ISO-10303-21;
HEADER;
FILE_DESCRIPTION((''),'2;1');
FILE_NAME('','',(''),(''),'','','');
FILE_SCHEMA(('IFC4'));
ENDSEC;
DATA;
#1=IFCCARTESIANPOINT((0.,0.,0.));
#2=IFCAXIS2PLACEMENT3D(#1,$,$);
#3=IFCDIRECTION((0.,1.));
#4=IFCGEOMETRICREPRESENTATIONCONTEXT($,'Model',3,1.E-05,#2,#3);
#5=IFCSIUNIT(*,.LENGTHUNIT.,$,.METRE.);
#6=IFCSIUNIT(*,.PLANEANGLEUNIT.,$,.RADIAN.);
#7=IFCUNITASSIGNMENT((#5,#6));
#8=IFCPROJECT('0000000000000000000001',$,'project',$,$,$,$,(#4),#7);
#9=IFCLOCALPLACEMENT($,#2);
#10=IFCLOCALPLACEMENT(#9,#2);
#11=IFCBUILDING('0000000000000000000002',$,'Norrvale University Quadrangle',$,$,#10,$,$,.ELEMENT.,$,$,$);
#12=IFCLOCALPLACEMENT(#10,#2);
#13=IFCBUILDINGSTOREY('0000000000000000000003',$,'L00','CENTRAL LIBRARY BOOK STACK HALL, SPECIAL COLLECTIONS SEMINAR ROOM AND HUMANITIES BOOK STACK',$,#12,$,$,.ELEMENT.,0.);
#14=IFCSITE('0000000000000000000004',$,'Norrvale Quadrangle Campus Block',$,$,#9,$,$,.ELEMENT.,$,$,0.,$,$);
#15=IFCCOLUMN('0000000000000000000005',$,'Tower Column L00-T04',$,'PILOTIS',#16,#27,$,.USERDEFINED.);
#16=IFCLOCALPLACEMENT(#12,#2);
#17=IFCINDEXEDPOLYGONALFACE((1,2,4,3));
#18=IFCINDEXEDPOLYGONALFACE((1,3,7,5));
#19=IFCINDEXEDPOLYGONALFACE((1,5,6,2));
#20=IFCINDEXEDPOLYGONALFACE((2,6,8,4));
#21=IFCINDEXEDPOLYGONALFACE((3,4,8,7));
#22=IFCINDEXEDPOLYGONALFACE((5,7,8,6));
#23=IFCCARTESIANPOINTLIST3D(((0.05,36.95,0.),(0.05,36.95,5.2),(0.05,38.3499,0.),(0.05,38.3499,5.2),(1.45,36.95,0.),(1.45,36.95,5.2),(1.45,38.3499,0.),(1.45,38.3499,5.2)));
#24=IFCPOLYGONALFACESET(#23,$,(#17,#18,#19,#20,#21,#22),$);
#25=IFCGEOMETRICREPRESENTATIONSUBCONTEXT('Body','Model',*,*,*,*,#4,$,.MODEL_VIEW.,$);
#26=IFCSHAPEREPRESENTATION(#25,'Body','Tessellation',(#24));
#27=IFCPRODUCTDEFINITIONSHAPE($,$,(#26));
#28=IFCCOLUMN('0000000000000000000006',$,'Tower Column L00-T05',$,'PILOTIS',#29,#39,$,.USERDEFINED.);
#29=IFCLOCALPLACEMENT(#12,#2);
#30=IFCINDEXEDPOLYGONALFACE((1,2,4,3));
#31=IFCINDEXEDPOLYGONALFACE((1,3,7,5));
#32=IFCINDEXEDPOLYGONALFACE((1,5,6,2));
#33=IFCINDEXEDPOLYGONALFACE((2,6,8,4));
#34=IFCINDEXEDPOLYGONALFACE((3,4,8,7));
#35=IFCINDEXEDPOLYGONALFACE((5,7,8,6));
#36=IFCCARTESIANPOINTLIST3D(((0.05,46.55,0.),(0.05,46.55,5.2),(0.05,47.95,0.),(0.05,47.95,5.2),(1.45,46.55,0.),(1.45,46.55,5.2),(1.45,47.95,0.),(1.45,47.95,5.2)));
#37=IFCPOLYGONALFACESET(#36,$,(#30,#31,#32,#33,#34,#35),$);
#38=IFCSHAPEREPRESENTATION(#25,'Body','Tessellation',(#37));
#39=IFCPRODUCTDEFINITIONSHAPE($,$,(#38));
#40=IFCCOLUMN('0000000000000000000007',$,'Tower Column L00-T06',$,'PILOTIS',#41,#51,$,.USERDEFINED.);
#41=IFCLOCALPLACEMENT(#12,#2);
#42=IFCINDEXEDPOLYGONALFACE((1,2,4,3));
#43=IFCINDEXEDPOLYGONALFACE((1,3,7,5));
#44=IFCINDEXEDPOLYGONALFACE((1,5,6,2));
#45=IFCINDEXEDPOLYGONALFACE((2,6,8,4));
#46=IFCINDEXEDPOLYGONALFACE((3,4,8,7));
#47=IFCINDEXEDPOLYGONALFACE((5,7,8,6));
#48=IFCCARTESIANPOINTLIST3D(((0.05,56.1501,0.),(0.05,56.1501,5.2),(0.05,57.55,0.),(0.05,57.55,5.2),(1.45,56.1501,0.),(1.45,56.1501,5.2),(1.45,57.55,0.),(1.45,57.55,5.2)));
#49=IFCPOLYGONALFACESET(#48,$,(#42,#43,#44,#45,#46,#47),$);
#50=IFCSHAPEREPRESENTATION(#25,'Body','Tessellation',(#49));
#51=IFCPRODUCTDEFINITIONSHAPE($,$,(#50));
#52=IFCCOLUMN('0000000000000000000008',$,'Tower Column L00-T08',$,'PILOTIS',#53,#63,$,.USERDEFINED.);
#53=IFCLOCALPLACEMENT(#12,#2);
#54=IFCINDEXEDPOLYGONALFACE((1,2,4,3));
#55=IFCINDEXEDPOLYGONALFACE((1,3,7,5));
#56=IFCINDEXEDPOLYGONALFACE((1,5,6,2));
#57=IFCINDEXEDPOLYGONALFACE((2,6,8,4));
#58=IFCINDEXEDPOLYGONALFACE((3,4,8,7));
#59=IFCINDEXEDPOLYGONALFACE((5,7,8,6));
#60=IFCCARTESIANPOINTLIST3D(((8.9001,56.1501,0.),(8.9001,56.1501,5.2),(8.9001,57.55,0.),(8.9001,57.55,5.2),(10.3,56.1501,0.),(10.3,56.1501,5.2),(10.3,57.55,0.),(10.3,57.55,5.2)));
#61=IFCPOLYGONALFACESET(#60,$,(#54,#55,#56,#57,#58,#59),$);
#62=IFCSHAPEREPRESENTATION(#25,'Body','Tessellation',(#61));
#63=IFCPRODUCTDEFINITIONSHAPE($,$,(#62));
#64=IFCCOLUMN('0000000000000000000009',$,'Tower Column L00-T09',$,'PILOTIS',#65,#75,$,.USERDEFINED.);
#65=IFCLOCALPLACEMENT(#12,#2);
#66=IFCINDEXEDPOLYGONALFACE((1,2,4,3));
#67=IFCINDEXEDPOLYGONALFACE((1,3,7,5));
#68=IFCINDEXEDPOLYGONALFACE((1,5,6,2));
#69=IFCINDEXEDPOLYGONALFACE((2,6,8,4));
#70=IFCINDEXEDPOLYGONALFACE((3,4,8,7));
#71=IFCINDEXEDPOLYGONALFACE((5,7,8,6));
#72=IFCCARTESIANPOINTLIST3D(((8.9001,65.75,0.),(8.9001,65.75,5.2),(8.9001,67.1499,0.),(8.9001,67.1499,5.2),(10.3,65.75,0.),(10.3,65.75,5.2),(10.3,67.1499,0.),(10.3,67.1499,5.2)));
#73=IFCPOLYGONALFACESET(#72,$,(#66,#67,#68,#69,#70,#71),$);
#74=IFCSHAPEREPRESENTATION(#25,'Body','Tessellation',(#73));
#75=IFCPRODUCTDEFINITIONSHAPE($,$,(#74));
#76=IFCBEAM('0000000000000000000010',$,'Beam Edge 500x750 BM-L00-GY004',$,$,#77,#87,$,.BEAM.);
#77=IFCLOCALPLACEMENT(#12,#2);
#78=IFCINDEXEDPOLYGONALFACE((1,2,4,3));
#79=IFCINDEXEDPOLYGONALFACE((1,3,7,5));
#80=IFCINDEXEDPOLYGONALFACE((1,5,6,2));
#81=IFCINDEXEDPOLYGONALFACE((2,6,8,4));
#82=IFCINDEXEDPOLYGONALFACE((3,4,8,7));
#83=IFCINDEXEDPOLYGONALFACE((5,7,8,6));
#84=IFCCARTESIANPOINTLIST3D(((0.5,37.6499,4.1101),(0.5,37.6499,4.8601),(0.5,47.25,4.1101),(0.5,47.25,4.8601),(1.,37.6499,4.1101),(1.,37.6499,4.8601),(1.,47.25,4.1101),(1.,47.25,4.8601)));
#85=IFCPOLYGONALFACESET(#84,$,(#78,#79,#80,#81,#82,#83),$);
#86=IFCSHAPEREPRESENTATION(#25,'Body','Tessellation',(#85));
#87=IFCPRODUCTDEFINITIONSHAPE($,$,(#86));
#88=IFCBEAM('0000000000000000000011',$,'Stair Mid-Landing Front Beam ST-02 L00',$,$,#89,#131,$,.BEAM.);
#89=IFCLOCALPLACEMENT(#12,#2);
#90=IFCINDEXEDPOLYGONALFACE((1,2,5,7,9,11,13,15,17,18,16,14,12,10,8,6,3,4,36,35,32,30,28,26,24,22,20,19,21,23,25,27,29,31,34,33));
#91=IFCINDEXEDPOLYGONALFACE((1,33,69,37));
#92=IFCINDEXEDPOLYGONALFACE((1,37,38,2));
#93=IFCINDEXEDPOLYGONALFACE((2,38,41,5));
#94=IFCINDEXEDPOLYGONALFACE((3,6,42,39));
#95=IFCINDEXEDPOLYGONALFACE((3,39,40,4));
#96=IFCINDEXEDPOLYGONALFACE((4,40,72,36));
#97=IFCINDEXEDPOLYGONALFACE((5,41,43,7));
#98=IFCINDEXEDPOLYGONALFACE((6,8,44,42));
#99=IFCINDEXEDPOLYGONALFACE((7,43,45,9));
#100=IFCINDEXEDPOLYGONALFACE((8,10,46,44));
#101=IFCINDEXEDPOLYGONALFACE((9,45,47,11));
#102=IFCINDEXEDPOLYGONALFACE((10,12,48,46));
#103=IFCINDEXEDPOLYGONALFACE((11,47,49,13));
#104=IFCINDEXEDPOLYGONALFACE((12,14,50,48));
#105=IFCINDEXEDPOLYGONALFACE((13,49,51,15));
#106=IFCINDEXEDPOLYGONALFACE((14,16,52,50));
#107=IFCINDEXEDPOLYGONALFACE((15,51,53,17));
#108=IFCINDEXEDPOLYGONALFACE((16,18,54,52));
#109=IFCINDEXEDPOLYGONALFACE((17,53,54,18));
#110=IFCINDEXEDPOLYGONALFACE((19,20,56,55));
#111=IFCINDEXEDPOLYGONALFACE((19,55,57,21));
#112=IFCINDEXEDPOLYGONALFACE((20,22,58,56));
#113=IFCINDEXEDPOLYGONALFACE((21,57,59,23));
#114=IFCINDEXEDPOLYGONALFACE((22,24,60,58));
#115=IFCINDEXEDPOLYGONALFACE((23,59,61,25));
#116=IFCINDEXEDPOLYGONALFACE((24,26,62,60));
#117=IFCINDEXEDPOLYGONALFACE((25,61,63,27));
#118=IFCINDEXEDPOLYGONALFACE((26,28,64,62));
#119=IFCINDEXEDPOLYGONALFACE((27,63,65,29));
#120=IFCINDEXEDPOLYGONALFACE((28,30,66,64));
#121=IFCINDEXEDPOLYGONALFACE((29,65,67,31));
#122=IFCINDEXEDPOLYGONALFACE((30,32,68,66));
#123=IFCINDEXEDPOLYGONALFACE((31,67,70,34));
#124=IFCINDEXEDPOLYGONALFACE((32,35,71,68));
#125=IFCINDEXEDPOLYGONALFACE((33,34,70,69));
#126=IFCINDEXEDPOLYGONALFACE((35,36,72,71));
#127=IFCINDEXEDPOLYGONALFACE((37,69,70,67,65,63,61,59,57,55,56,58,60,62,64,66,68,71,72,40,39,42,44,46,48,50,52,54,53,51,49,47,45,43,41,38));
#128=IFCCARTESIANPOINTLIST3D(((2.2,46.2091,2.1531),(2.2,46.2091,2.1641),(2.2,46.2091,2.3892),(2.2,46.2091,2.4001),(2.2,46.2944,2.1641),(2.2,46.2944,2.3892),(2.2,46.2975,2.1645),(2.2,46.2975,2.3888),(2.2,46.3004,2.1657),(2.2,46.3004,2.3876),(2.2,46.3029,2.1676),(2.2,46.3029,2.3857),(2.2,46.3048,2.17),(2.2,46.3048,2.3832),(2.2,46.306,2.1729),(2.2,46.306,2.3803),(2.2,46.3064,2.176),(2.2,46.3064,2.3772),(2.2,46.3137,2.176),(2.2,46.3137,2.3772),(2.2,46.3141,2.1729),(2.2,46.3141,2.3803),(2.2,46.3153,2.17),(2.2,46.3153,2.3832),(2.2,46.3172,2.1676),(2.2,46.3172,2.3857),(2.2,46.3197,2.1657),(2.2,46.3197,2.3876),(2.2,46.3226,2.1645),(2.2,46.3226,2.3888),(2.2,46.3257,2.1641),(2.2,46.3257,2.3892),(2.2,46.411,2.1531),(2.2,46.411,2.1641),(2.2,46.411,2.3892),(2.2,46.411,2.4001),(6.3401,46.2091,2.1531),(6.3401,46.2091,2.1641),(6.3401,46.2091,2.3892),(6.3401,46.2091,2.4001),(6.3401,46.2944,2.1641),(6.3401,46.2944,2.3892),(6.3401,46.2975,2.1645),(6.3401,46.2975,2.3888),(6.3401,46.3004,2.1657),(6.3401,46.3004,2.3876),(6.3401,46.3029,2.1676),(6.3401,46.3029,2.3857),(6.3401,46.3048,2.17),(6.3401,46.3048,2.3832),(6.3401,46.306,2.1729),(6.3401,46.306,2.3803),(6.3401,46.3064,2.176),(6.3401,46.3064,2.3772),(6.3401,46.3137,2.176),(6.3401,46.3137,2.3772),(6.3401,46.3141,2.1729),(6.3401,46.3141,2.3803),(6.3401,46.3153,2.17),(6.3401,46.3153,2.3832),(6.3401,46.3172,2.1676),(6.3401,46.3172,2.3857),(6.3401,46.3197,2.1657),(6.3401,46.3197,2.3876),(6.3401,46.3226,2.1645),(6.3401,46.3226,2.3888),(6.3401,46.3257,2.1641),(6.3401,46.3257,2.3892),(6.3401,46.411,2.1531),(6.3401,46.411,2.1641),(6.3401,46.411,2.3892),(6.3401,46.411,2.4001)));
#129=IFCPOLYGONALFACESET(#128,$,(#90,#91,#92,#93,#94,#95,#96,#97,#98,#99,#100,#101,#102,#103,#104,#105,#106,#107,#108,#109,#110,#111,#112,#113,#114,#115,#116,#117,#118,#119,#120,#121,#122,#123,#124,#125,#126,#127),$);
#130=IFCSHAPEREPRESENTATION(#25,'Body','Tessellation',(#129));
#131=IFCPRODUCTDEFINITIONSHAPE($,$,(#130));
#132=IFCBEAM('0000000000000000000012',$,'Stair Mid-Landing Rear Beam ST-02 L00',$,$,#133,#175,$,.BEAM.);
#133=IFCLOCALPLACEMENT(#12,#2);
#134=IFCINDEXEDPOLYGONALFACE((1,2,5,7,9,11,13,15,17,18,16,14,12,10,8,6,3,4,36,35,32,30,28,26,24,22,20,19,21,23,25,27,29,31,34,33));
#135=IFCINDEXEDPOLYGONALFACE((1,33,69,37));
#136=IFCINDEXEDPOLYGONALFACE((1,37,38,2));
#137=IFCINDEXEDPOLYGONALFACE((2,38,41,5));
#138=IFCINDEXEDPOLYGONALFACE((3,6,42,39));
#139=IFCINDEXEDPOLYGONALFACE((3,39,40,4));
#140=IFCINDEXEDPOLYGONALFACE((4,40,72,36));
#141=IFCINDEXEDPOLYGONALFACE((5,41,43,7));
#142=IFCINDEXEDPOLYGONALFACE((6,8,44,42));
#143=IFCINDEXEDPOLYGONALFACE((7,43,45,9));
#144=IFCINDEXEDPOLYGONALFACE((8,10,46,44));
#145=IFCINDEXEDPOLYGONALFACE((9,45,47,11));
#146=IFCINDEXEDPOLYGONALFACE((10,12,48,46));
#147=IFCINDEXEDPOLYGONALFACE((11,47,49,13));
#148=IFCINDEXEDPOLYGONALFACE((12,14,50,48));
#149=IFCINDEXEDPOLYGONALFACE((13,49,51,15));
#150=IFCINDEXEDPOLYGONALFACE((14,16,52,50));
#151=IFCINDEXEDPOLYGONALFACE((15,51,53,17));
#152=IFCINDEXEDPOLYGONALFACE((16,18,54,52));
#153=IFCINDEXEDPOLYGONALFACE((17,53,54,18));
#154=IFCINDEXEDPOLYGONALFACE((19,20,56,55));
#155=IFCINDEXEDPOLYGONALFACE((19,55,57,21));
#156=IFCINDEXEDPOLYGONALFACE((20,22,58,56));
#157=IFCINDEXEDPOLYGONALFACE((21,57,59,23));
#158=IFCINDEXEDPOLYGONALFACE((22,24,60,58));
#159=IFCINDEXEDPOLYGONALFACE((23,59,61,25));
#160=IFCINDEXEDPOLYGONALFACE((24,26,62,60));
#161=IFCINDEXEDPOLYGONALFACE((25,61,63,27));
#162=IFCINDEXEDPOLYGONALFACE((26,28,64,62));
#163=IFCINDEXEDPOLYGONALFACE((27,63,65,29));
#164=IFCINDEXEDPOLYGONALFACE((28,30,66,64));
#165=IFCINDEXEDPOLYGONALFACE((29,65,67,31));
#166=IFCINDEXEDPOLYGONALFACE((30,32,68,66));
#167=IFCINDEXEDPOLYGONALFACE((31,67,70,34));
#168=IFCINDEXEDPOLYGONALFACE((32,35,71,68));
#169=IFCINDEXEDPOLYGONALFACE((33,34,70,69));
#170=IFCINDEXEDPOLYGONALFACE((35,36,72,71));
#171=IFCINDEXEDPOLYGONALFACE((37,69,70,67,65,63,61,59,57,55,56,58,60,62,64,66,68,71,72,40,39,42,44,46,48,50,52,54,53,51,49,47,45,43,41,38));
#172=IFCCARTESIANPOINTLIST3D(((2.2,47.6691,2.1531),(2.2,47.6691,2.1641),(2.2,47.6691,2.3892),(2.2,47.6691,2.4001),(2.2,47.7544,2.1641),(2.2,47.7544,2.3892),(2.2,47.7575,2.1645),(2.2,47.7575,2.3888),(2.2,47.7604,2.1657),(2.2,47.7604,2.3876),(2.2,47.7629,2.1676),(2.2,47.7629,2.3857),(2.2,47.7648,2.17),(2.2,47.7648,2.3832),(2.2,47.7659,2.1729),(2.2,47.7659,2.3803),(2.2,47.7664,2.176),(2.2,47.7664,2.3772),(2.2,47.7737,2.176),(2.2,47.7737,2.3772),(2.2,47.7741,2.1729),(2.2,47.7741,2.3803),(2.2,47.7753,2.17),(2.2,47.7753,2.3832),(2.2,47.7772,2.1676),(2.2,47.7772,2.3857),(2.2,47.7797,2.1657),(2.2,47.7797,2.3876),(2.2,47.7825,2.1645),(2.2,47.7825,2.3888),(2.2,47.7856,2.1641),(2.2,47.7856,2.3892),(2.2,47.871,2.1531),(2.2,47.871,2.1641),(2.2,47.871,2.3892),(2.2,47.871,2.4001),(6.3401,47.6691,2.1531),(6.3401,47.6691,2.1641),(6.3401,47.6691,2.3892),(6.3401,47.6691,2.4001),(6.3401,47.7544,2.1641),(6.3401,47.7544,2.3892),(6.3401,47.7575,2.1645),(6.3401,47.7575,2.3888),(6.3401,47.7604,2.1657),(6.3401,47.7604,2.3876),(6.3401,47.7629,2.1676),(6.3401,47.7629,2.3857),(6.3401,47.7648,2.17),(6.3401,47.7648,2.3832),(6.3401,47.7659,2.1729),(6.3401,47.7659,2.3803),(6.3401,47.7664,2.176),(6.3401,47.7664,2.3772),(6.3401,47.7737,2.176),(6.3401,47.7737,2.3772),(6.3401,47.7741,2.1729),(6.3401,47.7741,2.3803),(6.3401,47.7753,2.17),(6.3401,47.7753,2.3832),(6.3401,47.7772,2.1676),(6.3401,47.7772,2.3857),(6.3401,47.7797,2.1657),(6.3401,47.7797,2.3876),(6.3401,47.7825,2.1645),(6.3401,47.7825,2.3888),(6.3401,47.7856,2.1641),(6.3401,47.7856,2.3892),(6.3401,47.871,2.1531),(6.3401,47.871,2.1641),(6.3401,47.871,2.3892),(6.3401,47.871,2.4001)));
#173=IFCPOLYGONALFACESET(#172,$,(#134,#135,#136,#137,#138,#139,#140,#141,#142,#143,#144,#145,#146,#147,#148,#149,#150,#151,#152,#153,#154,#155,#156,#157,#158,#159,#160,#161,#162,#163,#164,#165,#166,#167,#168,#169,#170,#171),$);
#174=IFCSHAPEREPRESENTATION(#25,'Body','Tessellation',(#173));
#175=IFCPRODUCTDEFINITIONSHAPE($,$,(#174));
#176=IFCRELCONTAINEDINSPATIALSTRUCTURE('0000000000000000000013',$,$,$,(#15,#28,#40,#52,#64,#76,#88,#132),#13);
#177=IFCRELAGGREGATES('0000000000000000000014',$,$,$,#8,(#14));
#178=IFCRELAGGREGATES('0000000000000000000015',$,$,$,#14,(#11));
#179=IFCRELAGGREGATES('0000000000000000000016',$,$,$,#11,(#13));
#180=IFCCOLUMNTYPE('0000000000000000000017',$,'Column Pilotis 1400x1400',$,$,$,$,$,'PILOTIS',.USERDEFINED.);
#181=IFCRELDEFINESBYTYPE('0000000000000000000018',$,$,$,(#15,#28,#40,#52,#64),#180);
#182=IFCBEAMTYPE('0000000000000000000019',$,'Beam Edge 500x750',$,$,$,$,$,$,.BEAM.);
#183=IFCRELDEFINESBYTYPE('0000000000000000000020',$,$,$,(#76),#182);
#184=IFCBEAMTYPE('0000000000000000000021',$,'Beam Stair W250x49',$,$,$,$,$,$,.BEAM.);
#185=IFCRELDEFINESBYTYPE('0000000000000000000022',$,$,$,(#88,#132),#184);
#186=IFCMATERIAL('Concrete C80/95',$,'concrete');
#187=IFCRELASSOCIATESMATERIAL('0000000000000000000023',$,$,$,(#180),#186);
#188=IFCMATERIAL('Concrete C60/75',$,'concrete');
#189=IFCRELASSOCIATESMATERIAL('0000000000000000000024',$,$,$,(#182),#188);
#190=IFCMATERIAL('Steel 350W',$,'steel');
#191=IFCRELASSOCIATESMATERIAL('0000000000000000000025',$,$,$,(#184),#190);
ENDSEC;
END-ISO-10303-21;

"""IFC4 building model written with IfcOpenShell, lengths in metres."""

from ifc_helpers import new_model, si_unit, direction, frame, origin, origin_2d, place, context, subcontext, project, spatial, rectangle, i_section, extrude, material, material_profile, profile_set, type_object, element, save


model = new_model("IFC4")

# Units and contexts
model_context = context("Model", 3, precision=1e-05, world=origin(), true_north=direction((0.0, 1.0)))
body_context = subcontext(model_context, "Body", "Model", "MODEL_VIEW")
ifc_project = project(units=[si_unit("LENGTHUNIT", "METRE"), si_unit("PLANEANGLEUNIT", "RADIAN")], contexts=[model_context])

# Site, building, storey
site_placement = place(None, origin())
site = spatial("IfcSite", under=ifc_project, at=site_placement, Name="Norrvale Quadrangle Campus Block", CompositionType="ELEMENT", RefElevation=0.0)
building_placement = place(site_placement, origin())
building = spatial("IfcBuilding", under=site, at=building_placement, Name="Norrvale University Quadrangle", CompositionType="ELEMENT")
storey_placement = place(building_placement, origin())
storey = spatial("IfcBuildingStorey", under=building, at=storey_placement, Name="L00", Description="CENTRAL LIBRARY BOOK STACK HALL, SPECIAL COLLECTIONS SEMINAR ROOM AND HUMANITIES BOOK STACK", CompositionType="ELEMENT", Elevation=0.0)

# Columns
ifc_material_1 = material(Name="Concrete C80/95", Category="concrete")
ifc_material_profile_1 = material_profile(ifc_material_1, rectangle(XDim=1.3999, YDim=1.3999, at=origin_2d()), Name="Concrete C80/95")
ifc_profile_set_1 = profile_set([ifc_material_profile_1], Name="Concrete C80/95")
column_type = type_object("IfcColumnType", Name="Column Pilotis 1400x1400", ElementType="PILOTIS", PredefinedType="USERDEFINED", material=ifc_profile_set_1)
for number, where, z_axis, x_axis, name in (
    (1, (0.75, 37.6499, 0.0), (0.0, 0.0, 1.0), (1.0, 0.0, 0.0), "Tower Column L00-T04"),
    (2, (0.75, 47.25, 0.0), (0.0, 0.0, 1.0), (1.0, 0.0, 0.0), "Tower Column L00-T05"),
    (3, (0.75, 56.8501, 0.0), (0.0, 0.0, 1.0), (1.0, 0.0, 0.0), "Tower Column L00-T06"),
    (4, (9.6001, 56.8501, 0.0), (0.0, 0.0, 1.0), (1.0, 0.0, 0.0), "Tower Column L00-T08"),
    (5, (9.6001, 66.45, 0.0), (0.0, 0.0, 1.0), (1.0, 0.0, 0.0), "Tower Column L00-T09"),
):
    element("IfcColumn", number, at=place(storey_placement, frame(where, z_axis=z_axis, x_axis=x_axis)), inside=storey, type_object=column_type, Name=name, ObjectType="PILOTIS", PredefinedType="USERDEFINED", context=body_context, shape_type="SweptSolid", body=[
        extrude(rectangle(XDim=1.3999, YDim=1.3999, at=origin_2d()), origin(), (0.0, 0.0, 1.0), 5.2),
    ])

# Beams
ifc_material_2 = material(Name="Concrete C60/75", Category="concrete")
ifc_material_profile_2 = material_profile(ifc_material_2, rectangle(XDim=0.5, YDim=0.75, at=origin_2d()), Name="Concrete C60/75")
ifc_profile_set_2 = profile_set([ifc_material_profile_2], Name="Concrete C60/75")
beam_type_1 = type_object("IfcBeamType", Name="Beam Edge 500x750", PredefinedType="BEAM", material=ifc_profile_set_2)
beam_1_placement = place(storey_placement, frame((0.75, 37.6499, 4.4851), z_axis=(0.0, 1.0, 0.0), x_axis=(-1.0, 0.0, 0.0)))
element("IfcBeam", 6, at=beam_1_placement, inside=storey, type_object=beam_type_1, Name="Beam Edge 500x750 BM-L00-GY004", PredefinedType="BEAM", context=body_context, shape_type="SweptSolid", body=[
    extrude(rectangle(XDim=0.5, YDim=0.75, at=origin_2d()), origin(), (0.0, 0.0, 1.0), 9.6001),
])
ifc_material_3 = material(Name="Steel 350W", Category="steel")
ifc_material_profile_3 = material_profile(ifc_material_3, i_section(OverallWidth=0.2019, OverallDepth=0.2471, WebThickness=0.0073, FlangeThickness=0.011, FilletRadius=0.012, at=origin_2d()), Name="Steel 350W")
ifc_profile_set_3 = profile_set([ifc_material_profile_3], Name="Steel 350W")
beam_type_2 = type_object("IfcBeamType", Name="Beam Stair W250x49", PredefinedType="BEAM", material=ifc_profile_set_3)
for number, where, z_axis, x_axis, name in (
    (7, (2.2, 46.3101, 2.2766), (1.0, 0.0, 0.0), (0.0, 1.0, 0.0), "Stair Mid-Landing Front Beam ST-02 L00"),
    (8, (2.2, 47.77, 2.2766), (1.0, 0.0, 0.0), (0.0, 1.0, 0.0), "Stair Mid-Landing Rear Beam ST-02 L00"),
):
    element("IfcBeam", number, at=place(storey_placement, frame(where, z_axis=z_axis, x_axis=x_axis)), inside=storey, type_object=beam_type_2, Name=name, PredefinedType="BEAM", context=body_context, shape_type="SweptSolid", body=[
        extrude(i_section(OverallWidth=0.2019, OverallDepth=0.2471, WebThickness=0.0073, FlangeThickness=0.011, FilletRadius=0.012, at=origin_2d()), origin(), (0.0, 0.0, 1.0), 4.1401),
    ])

save(model, "model.ifc")
